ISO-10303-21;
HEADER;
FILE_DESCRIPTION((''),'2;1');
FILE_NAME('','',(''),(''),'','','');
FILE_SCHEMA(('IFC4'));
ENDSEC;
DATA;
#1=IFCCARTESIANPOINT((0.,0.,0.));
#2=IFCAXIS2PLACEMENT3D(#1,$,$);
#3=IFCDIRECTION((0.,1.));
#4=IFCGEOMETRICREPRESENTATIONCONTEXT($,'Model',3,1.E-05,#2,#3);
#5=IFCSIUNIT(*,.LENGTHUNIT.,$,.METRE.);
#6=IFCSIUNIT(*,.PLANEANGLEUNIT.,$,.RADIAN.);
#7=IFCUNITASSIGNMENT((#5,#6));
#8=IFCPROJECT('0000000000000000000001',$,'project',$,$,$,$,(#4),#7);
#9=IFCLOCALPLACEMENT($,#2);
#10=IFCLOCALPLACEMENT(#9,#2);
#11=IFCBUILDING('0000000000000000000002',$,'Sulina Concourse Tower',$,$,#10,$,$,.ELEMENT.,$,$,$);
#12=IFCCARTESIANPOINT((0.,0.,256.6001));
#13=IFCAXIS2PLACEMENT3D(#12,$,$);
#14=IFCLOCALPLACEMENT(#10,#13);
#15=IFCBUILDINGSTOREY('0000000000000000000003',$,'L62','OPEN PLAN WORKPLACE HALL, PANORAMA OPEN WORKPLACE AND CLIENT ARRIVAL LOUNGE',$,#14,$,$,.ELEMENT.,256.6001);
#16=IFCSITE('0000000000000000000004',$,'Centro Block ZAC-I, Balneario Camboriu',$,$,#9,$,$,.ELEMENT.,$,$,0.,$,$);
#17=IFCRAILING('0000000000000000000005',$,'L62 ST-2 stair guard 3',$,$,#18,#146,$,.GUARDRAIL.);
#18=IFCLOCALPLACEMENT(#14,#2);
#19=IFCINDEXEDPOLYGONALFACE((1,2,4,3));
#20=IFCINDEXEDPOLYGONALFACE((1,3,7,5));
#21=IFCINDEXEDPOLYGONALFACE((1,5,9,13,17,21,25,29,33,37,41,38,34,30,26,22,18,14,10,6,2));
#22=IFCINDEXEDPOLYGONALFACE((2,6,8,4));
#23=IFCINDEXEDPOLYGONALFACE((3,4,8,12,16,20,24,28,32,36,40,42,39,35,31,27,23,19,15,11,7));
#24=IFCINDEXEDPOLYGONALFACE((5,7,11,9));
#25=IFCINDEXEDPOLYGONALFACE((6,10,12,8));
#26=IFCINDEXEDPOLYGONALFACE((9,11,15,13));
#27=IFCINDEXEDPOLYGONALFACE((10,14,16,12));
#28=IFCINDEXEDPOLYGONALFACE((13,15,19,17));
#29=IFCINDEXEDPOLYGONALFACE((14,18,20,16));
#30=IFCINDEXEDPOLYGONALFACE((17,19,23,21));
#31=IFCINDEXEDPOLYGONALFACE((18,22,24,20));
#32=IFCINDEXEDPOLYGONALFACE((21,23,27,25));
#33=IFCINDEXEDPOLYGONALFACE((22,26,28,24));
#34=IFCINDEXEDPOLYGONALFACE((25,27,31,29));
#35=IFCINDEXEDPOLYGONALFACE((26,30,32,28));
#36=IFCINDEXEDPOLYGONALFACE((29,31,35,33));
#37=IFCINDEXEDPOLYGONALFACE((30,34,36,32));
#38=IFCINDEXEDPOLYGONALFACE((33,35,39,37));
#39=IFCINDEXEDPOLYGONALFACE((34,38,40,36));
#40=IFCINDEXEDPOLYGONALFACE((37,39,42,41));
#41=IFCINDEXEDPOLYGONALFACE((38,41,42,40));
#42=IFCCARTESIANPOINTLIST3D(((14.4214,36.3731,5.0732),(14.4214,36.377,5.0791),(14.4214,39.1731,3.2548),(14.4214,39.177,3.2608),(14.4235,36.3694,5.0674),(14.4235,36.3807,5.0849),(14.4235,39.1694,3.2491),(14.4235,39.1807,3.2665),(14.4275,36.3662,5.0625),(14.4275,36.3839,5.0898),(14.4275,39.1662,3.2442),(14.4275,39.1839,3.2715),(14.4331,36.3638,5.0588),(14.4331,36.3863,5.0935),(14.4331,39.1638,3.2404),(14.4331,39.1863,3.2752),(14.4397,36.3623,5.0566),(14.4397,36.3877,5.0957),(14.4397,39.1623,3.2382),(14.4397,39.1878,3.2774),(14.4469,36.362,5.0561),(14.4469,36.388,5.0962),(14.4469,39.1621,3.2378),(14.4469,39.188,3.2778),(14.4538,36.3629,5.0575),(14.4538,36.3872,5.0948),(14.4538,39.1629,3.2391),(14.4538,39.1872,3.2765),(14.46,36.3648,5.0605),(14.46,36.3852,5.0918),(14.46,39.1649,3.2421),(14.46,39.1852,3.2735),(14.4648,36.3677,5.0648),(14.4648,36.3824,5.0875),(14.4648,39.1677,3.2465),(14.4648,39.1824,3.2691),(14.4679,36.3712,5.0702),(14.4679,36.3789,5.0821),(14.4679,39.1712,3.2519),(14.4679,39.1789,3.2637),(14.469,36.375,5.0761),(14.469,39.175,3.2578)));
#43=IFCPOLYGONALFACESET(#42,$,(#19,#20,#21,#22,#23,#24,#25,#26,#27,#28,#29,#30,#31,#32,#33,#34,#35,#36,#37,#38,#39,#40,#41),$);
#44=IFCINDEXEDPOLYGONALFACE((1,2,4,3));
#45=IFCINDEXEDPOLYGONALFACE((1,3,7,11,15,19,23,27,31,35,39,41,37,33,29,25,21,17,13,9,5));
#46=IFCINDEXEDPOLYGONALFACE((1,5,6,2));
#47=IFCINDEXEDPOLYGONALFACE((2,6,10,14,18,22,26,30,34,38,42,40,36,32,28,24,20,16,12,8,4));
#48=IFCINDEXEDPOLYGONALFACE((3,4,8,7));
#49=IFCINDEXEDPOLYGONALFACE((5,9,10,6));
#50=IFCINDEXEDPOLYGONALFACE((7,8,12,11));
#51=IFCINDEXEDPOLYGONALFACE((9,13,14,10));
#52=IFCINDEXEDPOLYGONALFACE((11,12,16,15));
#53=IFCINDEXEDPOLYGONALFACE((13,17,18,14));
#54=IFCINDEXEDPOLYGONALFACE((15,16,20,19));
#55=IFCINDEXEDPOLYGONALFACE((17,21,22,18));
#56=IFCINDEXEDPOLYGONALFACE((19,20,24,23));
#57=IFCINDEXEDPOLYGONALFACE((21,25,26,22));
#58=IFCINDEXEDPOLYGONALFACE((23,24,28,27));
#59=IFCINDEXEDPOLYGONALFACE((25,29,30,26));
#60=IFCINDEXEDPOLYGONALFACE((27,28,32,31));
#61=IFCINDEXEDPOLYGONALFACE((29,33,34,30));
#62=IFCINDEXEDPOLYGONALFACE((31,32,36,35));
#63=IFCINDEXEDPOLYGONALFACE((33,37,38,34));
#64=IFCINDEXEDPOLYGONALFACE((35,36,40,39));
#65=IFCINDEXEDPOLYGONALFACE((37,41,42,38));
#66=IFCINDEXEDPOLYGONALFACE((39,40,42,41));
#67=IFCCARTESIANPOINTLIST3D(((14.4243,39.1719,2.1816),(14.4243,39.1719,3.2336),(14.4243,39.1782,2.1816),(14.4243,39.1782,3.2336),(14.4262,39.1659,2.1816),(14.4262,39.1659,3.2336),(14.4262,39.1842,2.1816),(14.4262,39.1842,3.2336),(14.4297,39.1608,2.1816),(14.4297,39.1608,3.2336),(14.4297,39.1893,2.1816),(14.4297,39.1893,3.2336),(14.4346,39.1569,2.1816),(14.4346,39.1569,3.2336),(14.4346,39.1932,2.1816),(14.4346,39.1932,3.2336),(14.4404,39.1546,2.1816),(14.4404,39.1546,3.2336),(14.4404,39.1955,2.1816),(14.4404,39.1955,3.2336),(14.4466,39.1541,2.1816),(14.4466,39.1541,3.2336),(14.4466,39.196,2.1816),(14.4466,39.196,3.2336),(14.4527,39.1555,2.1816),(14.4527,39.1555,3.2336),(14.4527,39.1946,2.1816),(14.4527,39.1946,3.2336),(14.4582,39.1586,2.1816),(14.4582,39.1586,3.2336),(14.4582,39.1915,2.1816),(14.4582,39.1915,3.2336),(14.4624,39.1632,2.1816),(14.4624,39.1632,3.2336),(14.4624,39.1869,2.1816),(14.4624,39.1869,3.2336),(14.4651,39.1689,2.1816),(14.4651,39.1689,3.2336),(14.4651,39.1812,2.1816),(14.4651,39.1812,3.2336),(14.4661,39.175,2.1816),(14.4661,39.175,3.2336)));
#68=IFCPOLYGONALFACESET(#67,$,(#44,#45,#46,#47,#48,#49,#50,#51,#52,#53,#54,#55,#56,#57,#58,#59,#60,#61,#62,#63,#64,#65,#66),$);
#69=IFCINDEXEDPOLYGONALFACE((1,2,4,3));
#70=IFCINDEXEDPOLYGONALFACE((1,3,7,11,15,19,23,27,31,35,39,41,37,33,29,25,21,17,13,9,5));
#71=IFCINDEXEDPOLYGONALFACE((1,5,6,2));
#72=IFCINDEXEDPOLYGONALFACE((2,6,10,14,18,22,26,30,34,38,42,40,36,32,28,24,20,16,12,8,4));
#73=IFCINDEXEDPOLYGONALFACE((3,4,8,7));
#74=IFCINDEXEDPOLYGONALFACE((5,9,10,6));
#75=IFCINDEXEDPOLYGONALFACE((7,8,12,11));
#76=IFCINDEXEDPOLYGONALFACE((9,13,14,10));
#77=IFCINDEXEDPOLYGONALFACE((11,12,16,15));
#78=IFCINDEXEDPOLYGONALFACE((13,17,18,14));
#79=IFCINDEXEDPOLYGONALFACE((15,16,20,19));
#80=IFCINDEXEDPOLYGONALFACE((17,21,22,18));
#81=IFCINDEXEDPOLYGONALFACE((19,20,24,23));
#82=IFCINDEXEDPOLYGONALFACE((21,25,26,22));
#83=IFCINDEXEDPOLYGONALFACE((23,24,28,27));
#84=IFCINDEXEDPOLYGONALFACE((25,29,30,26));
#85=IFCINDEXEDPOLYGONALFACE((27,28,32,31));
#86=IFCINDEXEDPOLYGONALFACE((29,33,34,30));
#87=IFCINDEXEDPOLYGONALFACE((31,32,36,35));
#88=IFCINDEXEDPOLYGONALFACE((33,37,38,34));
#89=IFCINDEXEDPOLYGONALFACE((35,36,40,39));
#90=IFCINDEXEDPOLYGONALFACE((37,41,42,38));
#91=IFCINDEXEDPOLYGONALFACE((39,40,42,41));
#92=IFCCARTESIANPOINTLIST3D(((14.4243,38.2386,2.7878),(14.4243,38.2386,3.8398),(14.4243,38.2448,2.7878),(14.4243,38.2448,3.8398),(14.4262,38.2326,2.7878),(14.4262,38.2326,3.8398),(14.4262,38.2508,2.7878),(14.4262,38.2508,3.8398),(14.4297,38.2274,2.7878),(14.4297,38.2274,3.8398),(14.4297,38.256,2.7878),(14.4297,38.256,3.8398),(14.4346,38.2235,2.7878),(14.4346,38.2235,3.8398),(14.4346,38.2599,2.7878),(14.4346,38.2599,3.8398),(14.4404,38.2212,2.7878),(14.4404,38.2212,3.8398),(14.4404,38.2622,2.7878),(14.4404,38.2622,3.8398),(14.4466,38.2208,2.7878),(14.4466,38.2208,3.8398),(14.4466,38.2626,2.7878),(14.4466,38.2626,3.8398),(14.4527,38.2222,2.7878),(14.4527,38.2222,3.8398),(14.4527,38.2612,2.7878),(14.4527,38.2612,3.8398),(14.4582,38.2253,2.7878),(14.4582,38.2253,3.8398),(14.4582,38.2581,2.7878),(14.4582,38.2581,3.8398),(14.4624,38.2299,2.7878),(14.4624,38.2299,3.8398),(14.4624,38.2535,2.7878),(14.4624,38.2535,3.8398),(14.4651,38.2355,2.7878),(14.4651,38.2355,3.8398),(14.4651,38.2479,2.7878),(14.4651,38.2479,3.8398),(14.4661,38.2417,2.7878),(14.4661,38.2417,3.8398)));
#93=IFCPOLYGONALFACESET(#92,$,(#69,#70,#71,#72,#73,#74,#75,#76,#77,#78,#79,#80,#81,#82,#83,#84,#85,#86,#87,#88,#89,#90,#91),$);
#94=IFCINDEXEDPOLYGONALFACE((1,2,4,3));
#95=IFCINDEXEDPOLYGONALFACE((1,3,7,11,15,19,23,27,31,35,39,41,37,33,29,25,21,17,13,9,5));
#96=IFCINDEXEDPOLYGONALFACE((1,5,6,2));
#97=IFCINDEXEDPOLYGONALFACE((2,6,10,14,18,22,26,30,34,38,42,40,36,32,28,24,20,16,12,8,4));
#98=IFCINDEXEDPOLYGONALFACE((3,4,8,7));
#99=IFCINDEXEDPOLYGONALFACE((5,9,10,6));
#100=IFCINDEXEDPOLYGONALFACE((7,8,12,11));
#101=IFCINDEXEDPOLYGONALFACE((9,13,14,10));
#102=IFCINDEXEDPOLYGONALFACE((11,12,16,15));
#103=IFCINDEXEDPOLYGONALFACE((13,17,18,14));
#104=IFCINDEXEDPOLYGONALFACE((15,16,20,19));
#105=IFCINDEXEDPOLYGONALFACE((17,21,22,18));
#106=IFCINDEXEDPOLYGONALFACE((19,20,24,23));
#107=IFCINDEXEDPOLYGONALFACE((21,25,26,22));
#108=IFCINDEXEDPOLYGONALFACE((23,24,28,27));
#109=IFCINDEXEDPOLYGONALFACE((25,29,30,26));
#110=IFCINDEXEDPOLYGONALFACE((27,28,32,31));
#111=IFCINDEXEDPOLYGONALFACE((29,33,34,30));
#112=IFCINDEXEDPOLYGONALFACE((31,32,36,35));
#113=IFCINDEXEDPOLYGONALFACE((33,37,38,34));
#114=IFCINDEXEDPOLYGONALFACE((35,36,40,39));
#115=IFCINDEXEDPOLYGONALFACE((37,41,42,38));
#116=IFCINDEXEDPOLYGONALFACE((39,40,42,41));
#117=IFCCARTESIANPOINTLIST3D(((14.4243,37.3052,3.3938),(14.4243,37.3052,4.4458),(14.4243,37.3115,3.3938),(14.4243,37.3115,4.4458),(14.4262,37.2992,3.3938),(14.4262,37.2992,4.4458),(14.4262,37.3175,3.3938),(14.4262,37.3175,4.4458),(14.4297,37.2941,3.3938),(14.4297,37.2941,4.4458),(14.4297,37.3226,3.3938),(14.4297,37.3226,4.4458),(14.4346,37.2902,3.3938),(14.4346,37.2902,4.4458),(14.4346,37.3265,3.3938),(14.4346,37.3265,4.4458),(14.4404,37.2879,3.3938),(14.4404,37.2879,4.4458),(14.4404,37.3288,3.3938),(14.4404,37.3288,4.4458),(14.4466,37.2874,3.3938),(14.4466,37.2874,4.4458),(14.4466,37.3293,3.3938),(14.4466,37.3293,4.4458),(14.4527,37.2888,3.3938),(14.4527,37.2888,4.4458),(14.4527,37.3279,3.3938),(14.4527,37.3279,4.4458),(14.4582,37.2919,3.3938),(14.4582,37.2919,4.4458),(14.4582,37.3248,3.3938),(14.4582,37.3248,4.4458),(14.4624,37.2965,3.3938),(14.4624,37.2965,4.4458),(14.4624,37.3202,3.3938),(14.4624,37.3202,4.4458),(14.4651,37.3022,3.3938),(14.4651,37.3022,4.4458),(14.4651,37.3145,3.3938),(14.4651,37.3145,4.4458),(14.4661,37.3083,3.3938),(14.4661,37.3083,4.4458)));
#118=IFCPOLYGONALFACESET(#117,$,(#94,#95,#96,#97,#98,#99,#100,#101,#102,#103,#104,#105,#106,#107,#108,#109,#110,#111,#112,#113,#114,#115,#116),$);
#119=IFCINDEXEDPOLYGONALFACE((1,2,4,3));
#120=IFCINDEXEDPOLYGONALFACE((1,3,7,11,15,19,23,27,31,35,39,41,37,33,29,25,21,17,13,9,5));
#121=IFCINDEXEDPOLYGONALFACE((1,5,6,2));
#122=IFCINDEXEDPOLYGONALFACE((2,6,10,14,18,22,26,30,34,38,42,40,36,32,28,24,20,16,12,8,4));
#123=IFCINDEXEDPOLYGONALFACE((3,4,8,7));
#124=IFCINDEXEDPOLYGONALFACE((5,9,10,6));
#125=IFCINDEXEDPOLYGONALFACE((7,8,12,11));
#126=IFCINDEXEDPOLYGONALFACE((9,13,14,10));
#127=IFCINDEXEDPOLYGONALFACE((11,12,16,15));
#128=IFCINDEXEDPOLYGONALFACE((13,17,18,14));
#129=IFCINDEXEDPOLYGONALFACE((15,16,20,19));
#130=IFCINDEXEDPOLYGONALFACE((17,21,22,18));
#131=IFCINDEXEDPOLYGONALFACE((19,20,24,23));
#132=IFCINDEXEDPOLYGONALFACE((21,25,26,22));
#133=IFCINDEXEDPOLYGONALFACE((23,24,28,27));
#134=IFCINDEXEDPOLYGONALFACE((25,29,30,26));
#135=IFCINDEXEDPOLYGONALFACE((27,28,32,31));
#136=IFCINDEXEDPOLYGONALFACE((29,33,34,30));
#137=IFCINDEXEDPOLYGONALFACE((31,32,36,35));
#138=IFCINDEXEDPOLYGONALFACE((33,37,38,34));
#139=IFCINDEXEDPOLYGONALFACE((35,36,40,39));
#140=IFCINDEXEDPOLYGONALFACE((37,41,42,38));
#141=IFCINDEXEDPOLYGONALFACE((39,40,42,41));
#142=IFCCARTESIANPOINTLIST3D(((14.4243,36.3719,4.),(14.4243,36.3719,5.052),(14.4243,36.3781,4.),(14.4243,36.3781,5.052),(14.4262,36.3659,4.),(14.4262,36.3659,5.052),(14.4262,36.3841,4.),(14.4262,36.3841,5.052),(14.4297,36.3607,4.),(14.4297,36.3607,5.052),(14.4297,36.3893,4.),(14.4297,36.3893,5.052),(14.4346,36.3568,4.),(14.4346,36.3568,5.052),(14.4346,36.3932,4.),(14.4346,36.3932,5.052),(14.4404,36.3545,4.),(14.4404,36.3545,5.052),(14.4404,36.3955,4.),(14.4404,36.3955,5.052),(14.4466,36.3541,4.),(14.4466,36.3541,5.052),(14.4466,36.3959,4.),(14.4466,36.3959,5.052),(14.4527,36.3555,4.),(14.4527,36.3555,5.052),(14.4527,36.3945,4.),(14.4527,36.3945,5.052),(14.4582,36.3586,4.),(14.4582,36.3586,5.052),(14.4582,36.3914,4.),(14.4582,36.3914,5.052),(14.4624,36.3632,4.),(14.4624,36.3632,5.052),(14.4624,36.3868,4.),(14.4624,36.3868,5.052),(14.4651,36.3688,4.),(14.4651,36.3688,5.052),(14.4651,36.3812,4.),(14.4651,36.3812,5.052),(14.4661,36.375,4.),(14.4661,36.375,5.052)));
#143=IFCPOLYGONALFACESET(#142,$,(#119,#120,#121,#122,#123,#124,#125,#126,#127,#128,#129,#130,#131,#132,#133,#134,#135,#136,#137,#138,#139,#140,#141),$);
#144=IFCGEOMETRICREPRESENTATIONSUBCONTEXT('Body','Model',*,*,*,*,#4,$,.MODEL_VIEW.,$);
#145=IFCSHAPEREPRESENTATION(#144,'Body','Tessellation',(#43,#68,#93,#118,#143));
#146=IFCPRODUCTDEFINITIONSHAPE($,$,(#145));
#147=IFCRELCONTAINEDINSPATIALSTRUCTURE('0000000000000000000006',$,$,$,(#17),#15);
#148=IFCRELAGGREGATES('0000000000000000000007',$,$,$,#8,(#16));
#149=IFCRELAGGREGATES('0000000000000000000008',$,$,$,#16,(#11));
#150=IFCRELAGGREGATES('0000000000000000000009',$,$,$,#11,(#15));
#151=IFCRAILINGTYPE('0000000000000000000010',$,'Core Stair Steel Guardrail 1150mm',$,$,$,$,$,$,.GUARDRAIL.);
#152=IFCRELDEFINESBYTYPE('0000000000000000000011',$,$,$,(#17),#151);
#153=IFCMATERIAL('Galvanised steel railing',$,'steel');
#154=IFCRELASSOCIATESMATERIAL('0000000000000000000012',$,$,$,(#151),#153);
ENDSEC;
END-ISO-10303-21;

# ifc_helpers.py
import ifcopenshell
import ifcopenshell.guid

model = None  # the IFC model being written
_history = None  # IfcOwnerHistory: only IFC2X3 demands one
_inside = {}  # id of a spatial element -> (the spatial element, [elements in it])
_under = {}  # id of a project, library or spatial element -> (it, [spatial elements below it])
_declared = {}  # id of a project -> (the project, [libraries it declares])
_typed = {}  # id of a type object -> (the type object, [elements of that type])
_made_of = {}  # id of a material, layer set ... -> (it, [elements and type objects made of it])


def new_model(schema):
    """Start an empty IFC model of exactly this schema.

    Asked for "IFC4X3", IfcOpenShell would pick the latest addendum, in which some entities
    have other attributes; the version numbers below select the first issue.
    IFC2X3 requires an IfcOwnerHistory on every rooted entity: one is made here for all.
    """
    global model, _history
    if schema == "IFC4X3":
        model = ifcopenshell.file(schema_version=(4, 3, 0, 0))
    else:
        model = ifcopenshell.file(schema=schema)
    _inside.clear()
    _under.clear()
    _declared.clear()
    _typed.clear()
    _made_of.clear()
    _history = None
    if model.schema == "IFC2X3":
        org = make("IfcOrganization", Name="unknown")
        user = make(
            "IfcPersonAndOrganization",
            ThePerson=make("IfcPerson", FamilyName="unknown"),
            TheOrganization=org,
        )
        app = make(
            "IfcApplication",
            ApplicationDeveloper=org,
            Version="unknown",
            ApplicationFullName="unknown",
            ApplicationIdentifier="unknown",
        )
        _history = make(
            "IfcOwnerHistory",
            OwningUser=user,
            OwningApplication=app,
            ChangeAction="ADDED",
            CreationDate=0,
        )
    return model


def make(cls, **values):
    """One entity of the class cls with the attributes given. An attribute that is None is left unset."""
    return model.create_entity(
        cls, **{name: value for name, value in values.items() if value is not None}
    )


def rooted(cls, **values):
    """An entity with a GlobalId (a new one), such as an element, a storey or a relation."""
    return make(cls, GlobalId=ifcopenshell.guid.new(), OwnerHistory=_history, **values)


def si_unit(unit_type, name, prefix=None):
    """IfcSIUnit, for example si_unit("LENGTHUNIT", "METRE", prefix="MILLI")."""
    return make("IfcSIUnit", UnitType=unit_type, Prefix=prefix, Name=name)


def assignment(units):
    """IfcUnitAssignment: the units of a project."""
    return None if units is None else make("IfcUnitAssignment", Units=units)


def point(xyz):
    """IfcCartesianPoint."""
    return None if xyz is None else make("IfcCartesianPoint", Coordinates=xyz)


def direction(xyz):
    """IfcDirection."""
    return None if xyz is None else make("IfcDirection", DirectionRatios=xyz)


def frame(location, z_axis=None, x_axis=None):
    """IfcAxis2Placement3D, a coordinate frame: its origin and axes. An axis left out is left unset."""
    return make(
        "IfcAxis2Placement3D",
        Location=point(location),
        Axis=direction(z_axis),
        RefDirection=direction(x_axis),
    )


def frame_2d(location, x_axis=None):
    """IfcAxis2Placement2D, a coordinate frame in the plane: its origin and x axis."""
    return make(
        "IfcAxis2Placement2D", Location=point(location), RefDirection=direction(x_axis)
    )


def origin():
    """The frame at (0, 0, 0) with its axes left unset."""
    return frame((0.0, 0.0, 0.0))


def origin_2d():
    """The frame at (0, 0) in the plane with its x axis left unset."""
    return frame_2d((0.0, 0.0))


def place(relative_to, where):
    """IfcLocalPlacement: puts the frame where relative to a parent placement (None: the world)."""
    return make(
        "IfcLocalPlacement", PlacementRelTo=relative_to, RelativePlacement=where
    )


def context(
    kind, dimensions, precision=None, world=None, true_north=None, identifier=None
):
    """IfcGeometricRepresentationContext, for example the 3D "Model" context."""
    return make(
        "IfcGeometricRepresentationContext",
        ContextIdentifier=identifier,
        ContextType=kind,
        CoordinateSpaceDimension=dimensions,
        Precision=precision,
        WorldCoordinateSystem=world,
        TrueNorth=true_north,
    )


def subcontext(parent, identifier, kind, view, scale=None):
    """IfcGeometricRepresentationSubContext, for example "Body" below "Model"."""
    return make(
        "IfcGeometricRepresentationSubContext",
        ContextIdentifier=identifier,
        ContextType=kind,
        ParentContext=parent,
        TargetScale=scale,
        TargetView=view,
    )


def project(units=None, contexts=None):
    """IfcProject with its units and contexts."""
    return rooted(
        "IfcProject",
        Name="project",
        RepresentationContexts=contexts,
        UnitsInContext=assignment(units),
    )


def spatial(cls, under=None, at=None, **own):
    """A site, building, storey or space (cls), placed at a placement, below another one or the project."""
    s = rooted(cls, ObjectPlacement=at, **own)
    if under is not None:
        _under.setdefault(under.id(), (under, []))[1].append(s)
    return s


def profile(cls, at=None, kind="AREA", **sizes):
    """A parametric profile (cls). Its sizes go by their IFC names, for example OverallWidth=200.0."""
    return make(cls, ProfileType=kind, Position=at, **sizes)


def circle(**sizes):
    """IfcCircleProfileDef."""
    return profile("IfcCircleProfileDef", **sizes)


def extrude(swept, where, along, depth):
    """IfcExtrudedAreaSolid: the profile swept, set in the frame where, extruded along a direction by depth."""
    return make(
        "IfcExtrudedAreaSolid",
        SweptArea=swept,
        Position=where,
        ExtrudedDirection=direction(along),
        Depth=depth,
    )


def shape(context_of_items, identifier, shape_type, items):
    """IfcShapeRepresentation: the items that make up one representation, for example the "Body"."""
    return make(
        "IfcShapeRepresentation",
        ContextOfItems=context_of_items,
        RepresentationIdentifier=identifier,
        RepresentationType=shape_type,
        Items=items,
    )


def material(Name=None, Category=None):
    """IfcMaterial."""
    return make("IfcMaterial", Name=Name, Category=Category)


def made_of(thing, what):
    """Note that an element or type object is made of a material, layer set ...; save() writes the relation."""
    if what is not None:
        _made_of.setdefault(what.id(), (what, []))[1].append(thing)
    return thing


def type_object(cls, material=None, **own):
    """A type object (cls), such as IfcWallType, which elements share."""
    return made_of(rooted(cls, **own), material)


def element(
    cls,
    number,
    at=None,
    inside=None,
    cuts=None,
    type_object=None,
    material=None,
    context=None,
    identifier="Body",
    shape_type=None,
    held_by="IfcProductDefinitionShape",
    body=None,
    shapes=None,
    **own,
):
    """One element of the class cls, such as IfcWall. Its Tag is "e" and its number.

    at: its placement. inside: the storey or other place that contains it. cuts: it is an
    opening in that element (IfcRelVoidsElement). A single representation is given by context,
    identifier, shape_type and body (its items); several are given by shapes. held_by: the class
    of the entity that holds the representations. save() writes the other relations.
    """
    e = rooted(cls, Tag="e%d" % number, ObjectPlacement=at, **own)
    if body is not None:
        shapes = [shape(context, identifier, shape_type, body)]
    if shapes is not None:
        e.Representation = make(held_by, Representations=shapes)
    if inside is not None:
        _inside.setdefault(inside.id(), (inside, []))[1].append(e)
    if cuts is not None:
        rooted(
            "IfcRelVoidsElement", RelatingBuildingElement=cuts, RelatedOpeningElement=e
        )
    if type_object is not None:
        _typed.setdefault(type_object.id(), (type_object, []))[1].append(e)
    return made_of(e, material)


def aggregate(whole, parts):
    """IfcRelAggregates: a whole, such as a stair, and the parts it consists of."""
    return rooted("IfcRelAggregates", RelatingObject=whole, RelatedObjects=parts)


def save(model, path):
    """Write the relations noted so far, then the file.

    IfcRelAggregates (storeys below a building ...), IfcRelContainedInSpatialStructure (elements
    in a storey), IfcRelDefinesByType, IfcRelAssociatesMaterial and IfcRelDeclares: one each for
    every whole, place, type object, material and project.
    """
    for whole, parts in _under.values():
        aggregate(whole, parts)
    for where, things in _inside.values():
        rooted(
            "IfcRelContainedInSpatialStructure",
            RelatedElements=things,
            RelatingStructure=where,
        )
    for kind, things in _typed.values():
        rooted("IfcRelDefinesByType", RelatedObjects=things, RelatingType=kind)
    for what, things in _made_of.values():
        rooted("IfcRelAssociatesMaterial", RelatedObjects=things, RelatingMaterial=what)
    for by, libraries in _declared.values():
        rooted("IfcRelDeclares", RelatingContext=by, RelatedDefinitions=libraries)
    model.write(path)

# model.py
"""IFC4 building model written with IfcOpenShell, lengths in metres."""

from ifc_helpers import new_model, si_unit, direction, frame, origin, origin_2d, place, context, subcontext, project, spatial, circle, extrude, material, type_object, element, save


model = new_model("IFC4")

# Units and contexts
model_context = context("Model", 3, precision=1e-05, world=origin(), true_north=direction((0.0, 1.0)))
body_context = subcontext(model_context, "Body", "Model", "MODEL_VIEW")
ifc_project = project(units=[si_unit("LENGTHUNIT", "METRE"), si_unit("PLANEANGLEUNIT", "RADIAN")], contexts=[model_context])

# Site, building, storey
site_placement = place(None, origin())
site = spatial("IfcSite", under=ifc_project, at=site_placement, Name="Centro Block ZAC-I, Balneario Camboriu", CompositionType="ELEMENT", RefElevation=0.0)
building_placement = place(site_placement, origin())
building = spatial("IfcBuilding", under=site, at=building_placement, Name="Sulina Concourse Tower", CompositionType="ELEMENT")
storey_placement = place(building_placement, frame((0.0, 0.0, 256.6001)))
storey = spatial("IfcBuildingStorey", under=building, at=storey_placement, Name="L62", Description="OPEN PLAN WORKPLACE HALL, PANORAMA OPEN WORKPLACE AND CLIENT ARRIVAL LOUNGE", CompositionType="ELEMENT", Elevation=256.6001)

# Railing
ifc_material_1 = material(Name="Galvanised steel railing", Category="steel")
railing_type_1 = type_object("IfcRailingType", Name="Core Stair Steel Guardrail 1150mm", PredefinedType="GUARDRAIL", material=ifc_material_1)
railing_1_placement = place(storey_placement, frame((14.4451, 39.175, 2.1816)))
element("IfcRailing", 1, at=railing_1_placement, inside=storey, type_object=railing_type_1, Name="L62 ST-2 stair guard 3", PredefinedType="GUARDRAIL", context=body_context, shape_type="SweptSolid", body=[
    extrude(circle(Radius=0.0239, at=origin_2d()), frame((0.0, 0.0, 1.0762), z_axis=(0.0, -0.838672, 0.544636), x_axis=(1.0, 0.0, 0.0)), (0.0, 0.0, 1.0), 3.3386),
    extrude(circle(Radius=0.021, at=origin_2d()), origin(), (0.0, 0.0, 1.0), 1.052),
    extrude(circle(Radius=0.021, at=origin_2d()), frame((0.0, -0.9333, 0.6062)), (0.0, 0.0, 1.0), 1.052),
    extrude(circle(Radius=0.021, at=origin_2d()), frame((0.0, -1.8667, 1.2122)), (0.0, 0.0, 1.0), 1.052),
    extrude(circle(Radius=0.021, at=origin_2d()), frame((0.0, -2.8, 1.8184)), (0.0, 0.0, 1.0), 1.052),
])

save(model, "model.ifc")
